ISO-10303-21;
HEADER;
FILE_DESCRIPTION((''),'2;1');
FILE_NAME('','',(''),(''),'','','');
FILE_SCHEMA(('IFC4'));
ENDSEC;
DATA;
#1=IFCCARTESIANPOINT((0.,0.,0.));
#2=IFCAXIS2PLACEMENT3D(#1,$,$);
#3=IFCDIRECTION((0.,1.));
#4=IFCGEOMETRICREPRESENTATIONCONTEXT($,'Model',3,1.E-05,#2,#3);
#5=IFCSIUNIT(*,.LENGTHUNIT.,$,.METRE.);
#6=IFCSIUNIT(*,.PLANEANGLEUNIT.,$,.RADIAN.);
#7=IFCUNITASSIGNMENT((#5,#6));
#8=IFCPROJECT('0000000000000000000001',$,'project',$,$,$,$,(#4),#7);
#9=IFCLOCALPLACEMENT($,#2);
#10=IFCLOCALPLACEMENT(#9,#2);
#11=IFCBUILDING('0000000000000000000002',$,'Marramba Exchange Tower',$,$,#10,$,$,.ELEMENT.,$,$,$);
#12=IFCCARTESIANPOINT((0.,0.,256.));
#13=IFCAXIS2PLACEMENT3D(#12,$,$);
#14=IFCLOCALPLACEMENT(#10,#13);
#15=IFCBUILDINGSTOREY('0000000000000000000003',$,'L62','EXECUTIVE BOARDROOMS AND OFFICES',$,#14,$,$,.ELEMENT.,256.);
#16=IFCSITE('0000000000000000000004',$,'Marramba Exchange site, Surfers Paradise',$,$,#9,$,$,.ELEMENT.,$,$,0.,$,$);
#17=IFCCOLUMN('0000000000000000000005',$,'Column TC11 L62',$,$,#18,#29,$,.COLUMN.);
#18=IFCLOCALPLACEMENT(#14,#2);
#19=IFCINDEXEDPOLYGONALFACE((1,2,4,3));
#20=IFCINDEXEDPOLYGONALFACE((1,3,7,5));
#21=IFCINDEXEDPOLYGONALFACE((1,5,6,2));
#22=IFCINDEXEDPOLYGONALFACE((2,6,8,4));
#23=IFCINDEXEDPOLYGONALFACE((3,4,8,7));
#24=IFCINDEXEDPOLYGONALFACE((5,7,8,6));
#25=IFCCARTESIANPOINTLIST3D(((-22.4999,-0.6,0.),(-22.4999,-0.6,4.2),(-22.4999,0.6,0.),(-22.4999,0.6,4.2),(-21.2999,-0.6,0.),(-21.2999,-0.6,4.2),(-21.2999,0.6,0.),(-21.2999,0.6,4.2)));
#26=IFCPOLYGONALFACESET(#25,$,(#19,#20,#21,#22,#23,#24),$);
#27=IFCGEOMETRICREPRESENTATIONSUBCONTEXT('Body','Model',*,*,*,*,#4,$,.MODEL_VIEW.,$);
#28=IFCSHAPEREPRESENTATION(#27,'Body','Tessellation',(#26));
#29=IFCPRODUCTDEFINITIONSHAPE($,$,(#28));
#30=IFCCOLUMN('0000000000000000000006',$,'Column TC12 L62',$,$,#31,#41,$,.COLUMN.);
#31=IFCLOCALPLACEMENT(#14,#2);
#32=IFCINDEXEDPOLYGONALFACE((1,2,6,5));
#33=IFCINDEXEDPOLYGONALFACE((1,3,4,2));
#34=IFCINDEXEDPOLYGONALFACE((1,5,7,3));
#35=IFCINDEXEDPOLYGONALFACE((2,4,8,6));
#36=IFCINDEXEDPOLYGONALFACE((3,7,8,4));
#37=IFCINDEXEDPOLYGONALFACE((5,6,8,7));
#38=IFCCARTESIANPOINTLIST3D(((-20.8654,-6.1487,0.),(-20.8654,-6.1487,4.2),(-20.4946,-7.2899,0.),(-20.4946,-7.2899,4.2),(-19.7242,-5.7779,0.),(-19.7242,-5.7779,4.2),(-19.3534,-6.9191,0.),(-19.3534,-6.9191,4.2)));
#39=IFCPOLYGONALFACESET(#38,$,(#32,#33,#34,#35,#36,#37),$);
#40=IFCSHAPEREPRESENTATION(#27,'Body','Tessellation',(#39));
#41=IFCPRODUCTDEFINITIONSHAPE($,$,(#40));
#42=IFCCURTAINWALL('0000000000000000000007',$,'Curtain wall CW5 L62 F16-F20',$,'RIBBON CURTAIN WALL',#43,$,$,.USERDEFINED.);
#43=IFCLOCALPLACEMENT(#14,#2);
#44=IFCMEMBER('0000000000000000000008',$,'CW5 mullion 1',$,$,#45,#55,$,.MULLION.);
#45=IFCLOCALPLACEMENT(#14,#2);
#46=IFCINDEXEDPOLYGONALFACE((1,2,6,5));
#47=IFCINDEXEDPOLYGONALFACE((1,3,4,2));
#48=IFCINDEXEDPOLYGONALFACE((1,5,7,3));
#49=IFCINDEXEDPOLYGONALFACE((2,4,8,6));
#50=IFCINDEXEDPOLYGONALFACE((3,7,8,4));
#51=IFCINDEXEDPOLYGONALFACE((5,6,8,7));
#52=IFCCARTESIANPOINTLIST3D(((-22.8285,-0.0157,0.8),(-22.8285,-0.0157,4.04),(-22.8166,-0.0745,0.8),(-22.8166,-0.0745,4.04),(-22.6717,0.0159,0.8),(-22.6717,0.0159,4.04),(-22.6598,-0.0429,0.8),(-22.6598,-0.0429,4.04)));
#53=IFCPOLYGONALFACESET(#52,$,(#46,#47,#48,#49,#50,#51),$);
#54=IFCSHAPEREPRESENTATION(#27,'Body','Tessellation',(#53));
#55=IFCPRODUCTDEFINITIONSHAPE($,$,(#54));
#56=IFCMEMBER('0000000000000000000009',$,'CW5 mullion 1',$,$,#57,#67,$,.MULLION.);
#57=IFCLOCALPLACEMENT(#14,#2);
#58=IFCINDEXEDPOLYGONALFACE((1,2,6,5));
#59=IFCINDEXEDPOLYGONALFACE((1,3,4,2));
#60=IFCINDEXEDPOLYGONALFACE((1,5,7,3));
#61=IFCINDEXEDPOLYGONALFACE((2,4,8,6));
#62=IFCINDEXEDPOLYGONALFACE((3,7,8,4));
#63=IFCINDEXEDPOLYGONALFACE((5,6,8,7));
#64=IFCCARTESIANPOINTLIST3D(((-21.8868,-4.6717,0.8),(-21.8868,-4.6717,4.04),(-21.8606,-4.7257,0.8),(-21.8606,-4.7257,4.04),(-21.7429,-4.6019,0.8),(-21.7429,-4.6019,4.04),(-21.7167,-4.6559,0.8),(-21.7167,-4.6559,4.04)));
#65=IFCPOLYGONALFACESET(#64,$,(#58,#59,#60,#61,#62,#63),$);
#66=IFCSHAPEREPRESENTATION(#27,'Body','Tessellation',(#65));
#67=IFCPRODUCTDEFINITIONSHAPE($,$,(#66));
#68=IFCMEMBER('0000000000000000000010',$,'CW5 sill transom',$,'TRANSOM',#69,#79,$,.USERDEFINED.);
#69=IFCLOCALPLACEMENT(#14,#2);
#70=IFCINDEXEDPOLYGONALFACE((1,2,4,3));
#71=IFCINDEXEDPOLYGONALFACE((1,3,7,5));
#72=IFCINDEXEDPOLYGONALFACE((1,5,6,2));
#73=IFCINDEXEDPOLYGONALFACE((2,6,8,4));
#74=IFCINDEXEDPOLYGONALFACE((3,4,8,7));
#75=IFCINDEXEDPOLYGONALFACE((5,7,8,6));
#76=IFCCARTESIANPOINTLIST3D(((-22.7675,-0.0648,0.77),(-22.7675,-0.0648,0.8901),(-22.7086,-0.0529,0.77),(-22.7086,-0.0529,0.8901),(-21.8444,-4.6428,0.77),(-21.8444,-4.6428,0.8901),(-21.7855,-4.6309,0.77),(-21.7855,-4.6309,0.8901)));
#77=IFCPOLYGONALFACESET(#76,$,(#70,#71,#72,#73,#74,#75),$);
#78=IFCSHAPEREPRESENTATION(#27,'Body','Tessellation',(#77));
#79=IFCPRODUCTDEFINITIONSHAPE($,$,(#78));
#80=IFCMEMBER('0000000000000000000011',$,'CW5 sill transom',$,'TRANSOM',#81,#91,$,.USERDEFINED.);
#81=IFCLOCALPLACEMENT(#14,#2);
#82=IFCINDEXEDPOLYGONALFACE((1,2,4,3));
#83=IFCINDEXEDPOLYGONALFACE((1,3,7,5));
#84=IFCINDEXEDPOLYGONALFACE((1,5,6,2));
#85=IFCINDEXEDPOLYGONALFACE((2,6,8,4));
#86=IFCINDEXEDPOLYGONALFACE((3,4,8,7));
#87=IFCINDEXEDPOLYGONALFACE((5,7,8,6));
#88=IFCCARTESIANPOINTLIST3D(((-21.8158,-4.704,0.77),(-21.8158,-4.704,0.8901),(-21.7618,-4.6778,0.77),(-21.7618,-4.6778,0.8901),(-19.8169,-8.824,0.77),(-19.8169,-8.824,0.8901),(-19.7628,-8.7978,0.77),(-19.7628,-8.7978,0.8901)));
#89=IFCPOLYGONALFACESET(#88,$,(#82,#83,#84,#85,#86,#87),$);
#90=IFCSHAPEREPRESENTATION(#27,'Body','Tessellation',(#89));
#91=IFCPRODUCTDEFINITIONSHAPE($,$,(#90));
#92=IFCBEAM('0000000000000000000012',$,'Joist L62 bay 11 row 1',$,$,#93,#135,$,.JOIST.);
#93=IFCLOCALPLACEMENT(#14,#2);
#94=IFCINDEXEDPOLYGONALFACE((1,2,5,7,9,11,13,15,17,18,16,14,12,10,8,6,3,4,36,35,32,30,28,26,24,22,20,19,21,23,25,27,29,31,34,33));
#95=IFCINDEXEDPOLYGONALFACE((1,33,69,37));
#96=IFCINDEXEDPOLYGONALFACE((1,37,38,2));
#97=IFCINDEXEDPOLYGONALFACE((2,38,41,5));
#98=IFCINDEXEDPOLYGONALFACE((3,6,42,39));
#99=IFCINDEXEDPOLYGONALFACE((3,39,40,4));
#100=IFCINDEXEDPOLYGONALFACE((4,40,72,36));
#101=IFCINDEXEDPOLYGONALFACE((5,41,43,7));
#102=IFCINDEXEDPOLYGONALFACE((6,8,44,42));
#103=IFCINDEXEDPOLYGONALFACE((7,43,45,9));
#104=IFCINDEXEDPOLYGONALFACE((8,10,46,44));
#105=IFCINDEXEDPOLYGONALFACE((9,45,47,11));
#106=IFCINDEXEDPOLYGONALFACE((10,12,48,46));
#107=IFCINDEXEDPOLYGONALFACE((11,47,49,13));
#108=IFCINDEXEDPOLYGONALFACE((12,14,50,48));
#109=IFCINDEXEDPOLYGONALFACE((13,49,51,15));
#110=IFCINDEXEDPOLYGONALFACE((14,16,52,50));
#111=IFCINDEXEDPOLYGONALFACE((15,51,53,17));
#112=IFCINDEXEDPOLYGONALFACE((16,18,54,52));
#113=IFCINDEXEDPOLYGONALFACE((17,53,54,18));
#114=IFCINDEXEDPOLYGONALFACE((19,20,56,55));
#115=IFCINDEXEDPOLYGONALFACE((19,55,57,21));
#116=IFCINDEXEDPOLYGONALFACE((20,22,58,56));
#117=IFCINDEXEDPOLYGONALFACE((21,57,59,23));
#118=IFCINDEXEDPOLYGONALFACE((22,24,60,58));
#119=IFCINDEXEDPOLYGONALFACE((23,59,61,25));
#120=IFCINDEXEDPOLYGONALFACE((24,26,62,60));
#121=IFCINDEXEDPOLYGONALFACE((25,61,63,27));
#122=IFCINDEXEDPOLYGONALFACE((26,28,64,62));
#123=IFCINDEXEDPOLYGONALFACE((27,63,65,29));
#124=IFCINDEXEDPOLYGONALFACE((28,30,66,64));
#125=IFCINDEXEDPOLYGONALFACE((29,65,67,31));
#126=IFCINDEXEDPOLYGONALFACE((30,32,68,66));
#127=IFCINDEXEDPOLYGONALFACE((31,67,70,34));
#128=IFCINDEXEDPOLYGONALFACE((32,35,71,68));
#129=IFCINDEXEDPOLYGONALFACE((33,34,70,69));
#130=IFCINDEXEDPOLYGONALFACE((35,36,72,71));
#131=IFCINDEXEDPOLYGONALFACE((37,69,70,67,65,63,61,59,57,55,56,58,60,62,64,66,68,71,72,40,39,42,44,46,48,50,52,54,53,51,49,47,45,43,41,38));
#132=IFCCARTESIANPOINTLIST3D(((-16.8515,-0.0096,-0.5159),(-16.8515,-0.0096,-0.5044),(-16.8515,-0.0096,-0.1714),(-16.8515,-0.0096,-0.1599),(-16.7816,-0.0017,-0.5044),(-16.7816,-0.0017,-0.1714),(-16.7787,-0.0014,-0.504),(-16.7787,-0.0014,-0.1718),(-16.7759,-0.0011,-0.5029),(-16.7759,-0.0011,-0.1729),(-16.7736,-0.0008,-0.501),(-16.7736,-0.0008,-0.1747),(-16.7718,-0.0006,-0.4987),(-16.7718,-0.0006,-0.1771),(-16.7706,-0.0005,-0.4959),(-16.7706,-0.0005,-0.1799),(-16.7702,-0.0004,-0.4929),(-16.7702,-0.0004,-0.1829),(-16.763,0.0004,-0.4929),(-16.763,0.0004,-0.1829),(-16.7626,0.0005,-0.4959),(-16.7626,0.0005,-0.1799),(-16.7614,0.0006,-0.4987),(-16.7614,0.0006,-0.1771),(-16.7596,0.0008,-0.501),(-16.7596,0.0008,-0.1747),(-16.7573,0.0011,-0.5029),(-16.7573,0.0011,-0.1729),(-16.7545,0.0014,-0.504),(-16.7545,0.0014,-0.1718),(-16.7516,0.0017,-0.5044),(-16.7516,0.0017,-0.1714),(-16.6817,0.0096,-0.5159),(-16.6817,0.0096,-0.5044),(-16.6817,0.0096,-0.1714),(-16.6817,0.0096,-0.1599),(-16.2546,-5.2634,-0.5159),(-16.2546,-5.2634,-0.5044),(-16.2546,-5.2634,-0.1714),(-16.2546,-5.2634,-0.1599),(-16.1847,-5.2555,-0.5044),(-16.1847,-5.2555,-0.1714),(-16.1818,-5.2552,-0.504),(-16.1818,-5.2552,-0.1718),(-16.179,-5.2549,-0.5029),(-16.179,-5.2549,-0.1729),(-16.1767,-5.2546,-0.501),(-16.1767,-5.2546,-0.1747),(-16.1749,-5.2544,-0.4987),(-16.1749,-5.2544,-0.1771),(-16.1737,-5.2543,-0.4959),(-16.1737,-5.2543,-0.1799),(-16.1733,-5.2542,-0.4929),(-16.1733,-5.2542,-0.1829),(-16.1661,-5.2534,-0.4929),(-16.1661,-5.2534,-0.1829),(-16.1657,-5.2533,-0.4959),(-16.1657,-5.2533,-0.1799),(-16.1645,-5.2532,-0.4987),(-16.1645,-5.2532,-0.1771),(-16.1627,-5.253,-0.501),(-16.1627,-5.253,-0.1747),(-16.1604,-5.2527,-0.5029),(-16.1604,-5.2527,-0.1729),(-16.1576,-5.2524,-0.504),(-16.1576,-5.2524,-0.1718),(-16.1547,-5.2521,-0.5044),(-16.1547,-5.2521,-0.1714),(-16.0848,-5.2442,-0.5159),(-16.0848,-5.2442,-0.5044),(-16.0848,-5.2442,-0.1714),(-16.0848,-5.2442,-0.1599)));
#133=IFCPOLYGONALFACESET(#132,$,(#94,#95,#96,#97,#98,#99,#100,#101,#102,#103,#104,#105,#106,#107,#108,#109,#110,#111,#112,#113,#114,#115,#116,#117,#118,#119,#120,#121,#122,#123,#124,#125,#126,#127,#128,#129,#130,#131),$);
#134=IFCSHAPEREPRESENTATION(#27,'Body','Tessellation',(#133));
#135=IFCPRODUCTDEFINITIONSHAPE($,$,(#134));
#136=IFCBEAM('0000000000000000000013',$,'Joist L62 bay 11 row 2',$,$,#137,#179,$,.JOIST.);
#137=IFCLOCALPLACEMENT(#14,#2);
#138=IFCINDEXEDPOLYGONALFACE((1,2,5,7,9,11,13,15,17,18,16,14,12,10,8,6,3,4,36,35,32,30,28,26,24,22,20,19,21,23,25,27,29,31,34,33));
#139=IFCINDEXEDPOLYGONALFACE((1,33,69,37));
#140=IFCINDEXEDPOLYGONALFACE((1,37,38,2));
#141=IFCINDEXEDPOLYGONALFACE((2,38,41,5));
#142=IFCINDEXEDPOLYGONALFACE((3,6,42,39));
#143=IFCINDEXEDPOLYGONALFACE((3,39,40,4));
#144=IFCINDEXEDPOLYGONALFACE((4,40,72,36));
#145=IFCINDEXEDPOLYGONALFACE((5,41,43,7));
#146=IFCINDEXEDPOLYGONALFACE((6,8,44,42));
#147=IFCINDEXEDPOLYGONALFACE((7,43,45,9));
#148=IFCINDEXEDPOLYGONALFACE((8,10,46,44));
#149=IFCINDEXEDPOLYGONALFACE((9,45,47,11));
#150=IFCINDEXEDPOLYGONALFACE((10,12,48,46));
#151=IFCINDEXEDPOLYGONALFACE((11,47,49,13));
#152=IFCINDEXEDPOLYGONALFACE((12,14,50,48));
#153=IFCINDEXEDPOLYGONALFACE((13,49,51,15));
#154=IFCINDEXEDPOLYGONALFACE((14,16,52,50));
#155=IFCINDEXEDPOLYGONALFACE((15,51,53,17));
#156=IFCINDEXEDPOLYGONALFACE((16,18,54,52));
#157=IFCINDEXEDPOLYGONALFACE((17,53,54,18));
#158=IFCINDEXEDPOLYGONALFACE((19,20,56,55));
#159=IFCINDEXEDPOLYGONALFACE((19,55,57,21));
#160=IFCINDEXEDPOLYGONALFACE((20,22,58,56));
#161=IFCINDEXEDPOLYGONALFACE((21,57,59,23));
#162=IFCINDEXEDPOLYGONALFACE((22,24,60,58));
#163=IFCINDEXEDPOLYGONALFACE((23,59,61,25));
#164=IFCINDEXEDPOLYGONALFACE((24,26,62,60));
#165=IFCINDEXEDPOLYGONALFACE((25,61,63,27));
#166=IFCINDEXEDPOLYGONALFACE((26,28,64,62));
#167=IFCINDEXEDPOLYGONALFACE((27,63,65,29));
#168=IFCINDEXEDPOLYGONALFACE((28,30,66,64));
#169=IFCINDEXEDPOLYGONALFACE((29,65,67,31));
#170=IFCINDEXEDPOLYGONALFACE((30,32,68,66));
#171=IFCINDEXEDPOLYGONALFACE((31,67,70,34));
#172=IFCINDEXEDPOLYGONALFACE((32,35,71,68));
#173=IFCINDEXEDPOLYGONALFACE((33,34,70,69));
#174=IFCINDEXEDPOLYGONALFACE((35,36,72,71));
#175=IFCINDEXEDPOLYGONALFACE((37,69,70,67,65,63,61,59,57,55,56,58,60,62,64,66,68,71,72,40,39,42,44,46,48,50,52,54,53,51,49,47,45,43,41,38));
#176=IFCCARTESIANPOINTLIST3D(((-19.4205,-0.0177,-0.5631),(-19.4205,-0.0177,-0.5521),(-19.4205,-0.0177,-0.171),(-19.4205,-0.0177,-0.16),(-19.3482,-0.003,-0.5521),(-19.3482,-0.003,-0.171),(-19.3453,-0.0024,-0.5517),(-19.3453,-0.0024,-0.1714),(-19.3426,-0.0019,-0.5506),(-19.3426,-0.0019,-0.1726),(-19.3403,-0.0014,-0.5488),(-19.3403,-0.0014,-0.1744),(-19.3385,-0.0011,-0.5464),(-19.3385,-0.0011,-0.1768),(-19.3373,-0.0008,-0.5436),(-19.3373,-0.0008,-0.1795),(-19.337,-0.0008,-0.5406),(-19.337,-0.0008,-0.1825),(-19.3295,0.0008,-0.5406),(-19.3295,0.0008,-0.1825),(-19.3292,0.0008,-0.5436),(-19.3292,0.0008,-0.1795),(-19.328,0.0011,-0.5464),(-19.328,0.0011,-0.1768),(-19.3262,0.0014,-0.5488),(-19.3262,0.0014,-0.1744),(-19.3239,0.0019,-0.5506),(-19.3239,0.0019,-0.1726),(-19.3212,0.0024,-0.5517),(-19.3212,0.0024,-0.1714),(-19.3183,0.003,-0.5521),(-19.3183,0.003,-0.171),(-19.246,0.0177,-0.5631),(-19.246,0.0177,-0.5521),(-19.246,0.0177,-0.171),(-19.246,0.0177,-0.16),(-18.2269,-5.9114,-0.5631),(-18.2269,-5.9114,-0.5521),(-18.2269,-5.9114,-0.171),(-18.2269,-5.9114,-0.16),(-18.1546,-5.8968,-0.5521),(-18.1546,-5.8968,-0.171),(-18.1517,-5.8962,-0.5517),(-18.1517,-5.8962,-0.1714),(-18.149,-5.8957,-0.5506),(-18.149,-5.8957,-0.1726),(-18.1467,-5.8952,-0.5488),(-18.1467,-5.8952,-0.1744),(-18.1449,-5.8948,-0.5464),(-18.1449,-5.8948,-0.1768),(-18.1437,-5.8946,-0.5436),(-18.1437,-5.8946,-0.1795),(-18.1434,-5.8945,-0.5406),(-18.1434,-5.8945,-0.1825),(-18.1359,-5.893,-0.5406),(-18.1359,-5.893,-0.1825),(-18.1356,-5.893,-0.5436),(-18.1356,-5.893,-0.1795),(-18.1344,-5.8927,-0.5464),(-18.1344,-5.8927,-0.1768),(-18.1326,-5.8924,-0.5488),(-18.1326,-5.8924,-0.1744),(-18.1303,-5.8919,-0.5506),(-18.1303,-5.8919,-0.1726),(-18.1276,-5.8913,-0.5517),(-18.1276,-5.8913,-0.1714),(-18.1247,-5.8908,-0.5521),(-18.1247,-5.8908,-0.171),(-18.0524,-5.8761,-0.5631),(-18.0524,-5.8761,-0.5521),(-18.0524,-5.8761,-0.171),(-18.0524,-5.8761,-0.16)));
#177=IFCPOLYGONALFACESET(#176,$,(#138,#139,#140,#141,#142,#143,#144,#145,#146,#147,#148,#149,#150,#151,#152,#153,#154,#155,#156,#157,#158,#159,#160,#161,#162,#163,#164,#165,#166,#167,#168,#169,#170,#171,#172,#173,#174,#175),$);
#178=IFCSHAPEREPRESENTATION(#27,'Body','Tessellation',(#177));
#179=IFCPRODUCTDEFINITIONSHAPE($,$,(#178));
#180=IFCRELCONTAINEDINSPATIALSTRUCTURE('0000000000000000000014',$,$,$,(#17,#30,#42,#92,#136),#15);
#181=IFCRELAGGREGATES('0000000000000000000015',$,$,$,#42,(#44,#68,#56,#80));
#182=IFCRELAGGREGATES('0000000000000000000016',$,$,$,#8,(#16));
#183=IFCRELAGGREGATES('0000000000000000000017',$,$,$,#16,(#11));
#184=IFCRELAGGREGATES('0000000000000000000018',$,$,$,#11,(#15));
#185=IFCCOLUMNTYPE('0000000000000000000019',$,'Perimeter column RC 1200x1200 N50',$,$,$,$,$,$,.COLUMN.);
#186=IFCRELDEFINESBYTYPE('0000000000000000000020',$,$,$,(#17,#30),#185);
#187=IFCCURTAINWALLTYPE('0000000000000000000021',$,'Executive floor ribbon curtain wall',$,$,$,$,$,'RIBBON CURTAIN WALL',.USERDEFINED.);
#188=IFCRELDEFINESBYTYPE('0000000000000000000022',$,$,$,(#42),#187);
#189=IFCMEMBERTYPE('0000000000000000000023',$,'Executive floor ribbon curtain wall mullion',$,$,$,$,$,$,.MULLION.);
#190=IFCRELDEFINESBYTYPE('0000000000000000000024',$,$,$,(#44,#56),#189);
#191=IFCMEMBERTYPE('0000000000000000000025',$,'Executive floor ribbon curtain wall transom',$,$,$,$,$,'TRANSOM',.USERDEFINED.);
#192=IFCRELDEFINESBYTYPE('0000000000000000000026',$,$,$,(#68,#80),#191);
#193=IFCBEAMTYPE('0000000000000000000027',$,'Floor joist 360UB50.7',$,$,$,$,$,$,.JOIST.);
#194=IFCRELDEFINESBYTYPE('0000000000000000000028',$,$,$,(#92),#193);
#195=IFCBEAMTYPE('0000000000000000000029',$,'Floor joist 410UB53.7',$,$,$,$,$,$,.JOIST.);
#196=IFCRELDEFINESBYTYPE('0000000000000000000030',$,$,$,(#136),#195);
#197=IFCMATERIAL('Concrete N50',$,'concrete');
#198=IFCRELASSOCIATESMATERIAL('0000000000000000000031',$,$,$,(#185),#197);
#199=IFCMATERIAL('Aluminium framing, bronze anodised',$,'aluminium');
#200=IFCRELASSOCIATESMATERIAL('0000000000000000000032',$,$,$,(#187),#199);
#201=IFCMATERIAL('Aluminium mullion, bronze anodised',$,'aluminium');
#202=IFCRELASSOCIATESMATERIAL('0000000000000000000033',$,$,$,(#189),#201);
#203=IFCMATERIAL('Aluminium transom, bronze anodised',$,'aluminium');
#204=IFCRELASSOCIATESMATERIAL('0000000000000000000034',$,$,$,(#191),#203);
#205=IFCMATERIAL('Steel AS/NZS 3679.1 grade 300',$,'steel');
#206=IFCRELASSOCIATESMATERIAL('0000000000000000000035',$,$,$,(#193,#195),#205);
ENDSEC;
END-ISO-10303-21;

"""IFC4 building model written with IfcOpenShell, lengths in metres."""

from ifc_helpers import new_model, si_unit, direction, frame, origin, origin_2d, place, context, subcontext, project, spatial, rectangle, i_section, extrude, material, material_profile, profile_set, type_object, element, aggregate, save


model = new_model("IFC4")

# Units and contexts
model_context = context("Model", 3, precision=1e-05, world=origin(), true_north=direction((0.0, 1.0)))
body_context = subcontext(model_context, "Body", "Model", "MODEL_VIEW")
ifc_project = project(units=[si_unit("LENGTHUNIT", "METRE"), si_unit("PLANEANGLEUNIT", "RADIAN")], contexts=[model_context])

# Site, building, storey
site_placement = place(None, origin())
site = spatial("IfcSite", under=ifc_project, at=site_placement, Name="Marramba Exchange site, Surfers Paradise", CompositionType="ELEMENT", RefElevation=0.0)
building_placement = place(site_placement, origin())
building = spatial("IfcBuilding", under=site, at=building_placement, Name="Marramba Exchange Tower", CompositionType="ELEMENT")
storey_placement = place(building_placement, frame((0.0, 0.0, 256.0)))
storey = spatial("IfcBuildingStorey", under=building, at=storey_placement, Name="L62", Description="EXECUTIVE BOARDROOMS AND OFFICES", CompositionType="ELEMENT", Elevation=256.0)

# Columns
ifc_material_1 = material(Name="Concrete N50", Category="concrete")
ifc_material_profile_1 = material_profile(ifc_material_1, rectangle(XDim=1.2, YDim=1.2, at=origin_2d()), Name="RC 1200x1200")
ifc_profile_set_1 = profile_set([ifc_material_profile_1], Name="Concrete N50")
column_type = type_object("IfcColumnType", Name="Perimeter column RC 1200x1200 N50", PredefinedType="COLUMN", material=ifc_profile_set_1)
for number, where, z_axis, x_axis, name in (
    (1, (-21.8999, 0.0, 0.0), (0.0, 0.0, 1.0), (-1.0, 0.0, 0.0), "Column TC11 L62"),
    (2, (-20.1094, -6.5339, 0.0), (0.0, 0.0, 1.0), (-0.951057, -0.309017, 0.0), "Column TC12 L62"),
):
    element("IfcColumn", number, at=place(storey_placement, frame(where, z_axis=z_axis, x_axis=x_axis)), inside=storey, type_object=column_type, Name=name, PredefinedType="COLUMN", context=body_context, shape_type="SweptSolid", body=[
        extrude(rectangle(XDim=1.2, YDim=1.2, at=origin_2d()), origin(), (0.0, 0.0, 1.0), 4.2),
    ])

# Curtain wall, members
ifc_material_2 = material(Name="Aluminium framing, bronze anodised", Category="aluminium")
curtain_wall_type = type_object("IfcCurtainWallType", Name="Executive floor ribbon curtain wall", ElementType="RIBBON CURTAIN WALL", PredefinedType="USERDEFINED", material=ifc_material_2)
curtain_wall_placement = place(storey_placement, origin())
curtain_wall = element("IfcCurtainWall", 3, at=curtain_wall_placement, inside=storey, type_object=curtain_wall_type, Name="Curtain wall CW5 L62 F16-F20", ObjectType="RIBBON CURTAIN WALL", PredefinedType="USERDEFINED")
ifc_material_3 = material(Name="Aluminium mullion, bronze anodised", Category="aluminium")
ifc_material_profile_2 = material_profile(ifc_material_3, rectangle(XDim=0.1599, YDim=0.0601, at=origin_2d()), Name="CW5 mullion 60x160")
ifc_profile_set_2 = profile_set([ifc_material_profile_2], Name="Aluminium mullion, bronze anodised")
member_type_1 = type_object("IfcMemberType", Name="Executive floor ribbon curtain wall mullion", PredefinedType="MULLION", material=ifc_profile_set_2)
member_1_placement = place(storey_placement, frame((-22.7441, -0.0293, 0.8), z_axis=(0.0, 0.0, 1.0), x_axis=(0.980269, 0.197671, 0.0)))
member_1 = element("IfcMember", 4, at=member_1_placement, type_object=member_type_1, Name="CW5 mullion 1", PredefinedType="MULLION", context=body_context, shape_type="SweptSolid", body=[
    extrude(rectangle(XDim=0.1599, YDim=0.0601, at=origin_2d()), origin(), (0.0, 0.0, 1.0), 3.24),
])
member_2_placement = place(storey_placement, frame((-21.8018, -4.6638, 0.8), z_axis=(0.0, 0.0, 1.0), x_axis=(0.899697, 0.436515, 0.0)))
member_2 = element("IfcMember", 5, at=member_2_placement, type_object=member_type_1, Name="CW5 mullion 1", PredefinedType="MULLION", context=body_context, shape_type="SweptSolid", body=[
    extrude(rectangle(XDim=0.1599, YDim=0.0601, at=origin_2d()), origin(), (0.0, 0.0, 1.0), 3.24),
])
ifc_material_4 = material(Name="Aluminium transom, bronze anodised", Category="aluminium")
ifc_material_profile_3 = material_profile(ifc_material_4, rectangle(XDim=0.0601, YDim=0.1201, at=origin_2d()), Name="CW5 transom 60x120")
ifc_profile_set_3 = profile_set([ifc_material_profile_3], Name="Aluminium transom, bronze anodised")
member_type_2 = type_object("IfcMemberType", Name="Executive floor ribbon curtain wall transom", ElementType="TRANSOM", PredefinedType="USERDEFINED", material=ifc_profile_set_3)
member_3_placement = place(storey_placement, frame((-22.738, -0.0588, 0.8301), z_axis=(0.197654, -0.980272, 0.0), x_axis=(0.980272, 0.197654, 0.0)))
member_3 = element("IfcMember", 6, at=member_3_placement, type_object=member_type_2, Name="CW5 sill transom", ObjectType="TRANSOM", PredefinedType="USERDEFINED", context=body_context, shape_type="SweptSolid", body=[
    extrude(rectangle(XDim=0.0601, YDim=0.1201, at=origin_2d()), origin(), (0.0, 0.0, 1.0), 4.6702),
])
member_4_placement = place(storey_placement, frame((-21.7888, -4.6909, 0.8301), z_axis=(0.436519, -0.899695, 0.0), x_axis=(0.899695, 0.436519, 0.0)))
member_4 = element("IfcMember", 7, at=member_4_placement, type_object=member_type_2, Name="CW5 sill transom", ObjectType="TRANSOM", PredefinedType="USERDEFINED", context=body_context, shape_type="SweptSolid", body=[
    extrude(rectangle(XDim=0.0601, YDim=0.1201, at=origin_2d()), origin(), (0.0, 0.0, 1.0), 4.5793),
])

# Beams
ifc_material_5 = material(Name="Steel AS/NZS 3679.1 grade 300", Category="steel")
ifc_material_profile_4 = material_profile(ifc_material_5, i_section(OverallWidth=0.1709, OverallDepth=0.356, WebThickness=0.0073, FlangeThickness=0.0115, FilletRadius=0.0115, at=origin_2d()), Name="360UB50.7")
ifc_profile_set_4 = profile_set([ifc_material_profile_4], Name="Steel AS/NZS 3679.1 grade 300")
beam_type_1 = type_object("IfcBeamType", Name="Floor joist 360UB50.7", PredefinedType="JOIST", material=ifc_profile_set_4)
beam_1_placement = place(storey_placement, frame((-16.7666, 0.0, -0.3379), z_axis=(0.112889, -0.993608, 0.0), x_axis=(0.993608, 0.112889, 0.0)))
element("IfcBeam", 8, at=beam_1_placement, inside=storey, type_object=beam_type_1, Name="Joist L62 bay 11 row 1", PredefinedType="JOIST", context=body_context, shape_type="SweptSolid", body=[
    extrude(i_section(OverallWidth=0.1709, OverallDepth=0.356, WebThickness=0.0073, FlangeThickness=0.0115, FilletRadius=0.0115, at=origin_2d()), origin(), (0.0, 0.0, 1.0), 5.2876),
])
ifc_material_profile_5 = material_profile(ifc_material_5, i_section(OverallWidth=0.178, OverallDepth=0.4031, WebThickness=0.0076, FlangeThickness=0.011, FilletRadius=0.0115, at=origin_2d()), Name="410UB53.7")
ifc_profile_set_5 = profile_set([ifc_material_profile_5], Name="Steel AS/NZS 3679.1 grade 300")
beam_type_2 = type_object("IfcBeamType", Name="Floor joist 410UB53.7", PredefinedType="JOIST", material=ifc_profile_set_5)
beam_2_placement = place(storey_placement, frame((-19.3333, 0.0, -0.3616), z_axis=(0.198489, -0.980103, 0.0), x_axis=(0.980103, 0.198489, 0.0)))
element("IfcBeam", 9, at=beam_2_placement, inside=storey, type_object=beam_type_2, Name="Joist L62 bay 11 row 2", PredefinedType="JOIST", context=body_context, shape_type="SweptSolid", body=[
    extrude(i_section(OverallWidth=0.178, OverallDepth=0.4031, WebThickness=0.0076, FlangeThickness=0.011, FilletRadius=0.0115, at=origin_2d()), origin(), (0.0, 0.0, 1.0), 6.0134),
])

aggregate(curtain_wall, [member_1, member_3, member_2, member_4])

save(model, "model.ifc")
